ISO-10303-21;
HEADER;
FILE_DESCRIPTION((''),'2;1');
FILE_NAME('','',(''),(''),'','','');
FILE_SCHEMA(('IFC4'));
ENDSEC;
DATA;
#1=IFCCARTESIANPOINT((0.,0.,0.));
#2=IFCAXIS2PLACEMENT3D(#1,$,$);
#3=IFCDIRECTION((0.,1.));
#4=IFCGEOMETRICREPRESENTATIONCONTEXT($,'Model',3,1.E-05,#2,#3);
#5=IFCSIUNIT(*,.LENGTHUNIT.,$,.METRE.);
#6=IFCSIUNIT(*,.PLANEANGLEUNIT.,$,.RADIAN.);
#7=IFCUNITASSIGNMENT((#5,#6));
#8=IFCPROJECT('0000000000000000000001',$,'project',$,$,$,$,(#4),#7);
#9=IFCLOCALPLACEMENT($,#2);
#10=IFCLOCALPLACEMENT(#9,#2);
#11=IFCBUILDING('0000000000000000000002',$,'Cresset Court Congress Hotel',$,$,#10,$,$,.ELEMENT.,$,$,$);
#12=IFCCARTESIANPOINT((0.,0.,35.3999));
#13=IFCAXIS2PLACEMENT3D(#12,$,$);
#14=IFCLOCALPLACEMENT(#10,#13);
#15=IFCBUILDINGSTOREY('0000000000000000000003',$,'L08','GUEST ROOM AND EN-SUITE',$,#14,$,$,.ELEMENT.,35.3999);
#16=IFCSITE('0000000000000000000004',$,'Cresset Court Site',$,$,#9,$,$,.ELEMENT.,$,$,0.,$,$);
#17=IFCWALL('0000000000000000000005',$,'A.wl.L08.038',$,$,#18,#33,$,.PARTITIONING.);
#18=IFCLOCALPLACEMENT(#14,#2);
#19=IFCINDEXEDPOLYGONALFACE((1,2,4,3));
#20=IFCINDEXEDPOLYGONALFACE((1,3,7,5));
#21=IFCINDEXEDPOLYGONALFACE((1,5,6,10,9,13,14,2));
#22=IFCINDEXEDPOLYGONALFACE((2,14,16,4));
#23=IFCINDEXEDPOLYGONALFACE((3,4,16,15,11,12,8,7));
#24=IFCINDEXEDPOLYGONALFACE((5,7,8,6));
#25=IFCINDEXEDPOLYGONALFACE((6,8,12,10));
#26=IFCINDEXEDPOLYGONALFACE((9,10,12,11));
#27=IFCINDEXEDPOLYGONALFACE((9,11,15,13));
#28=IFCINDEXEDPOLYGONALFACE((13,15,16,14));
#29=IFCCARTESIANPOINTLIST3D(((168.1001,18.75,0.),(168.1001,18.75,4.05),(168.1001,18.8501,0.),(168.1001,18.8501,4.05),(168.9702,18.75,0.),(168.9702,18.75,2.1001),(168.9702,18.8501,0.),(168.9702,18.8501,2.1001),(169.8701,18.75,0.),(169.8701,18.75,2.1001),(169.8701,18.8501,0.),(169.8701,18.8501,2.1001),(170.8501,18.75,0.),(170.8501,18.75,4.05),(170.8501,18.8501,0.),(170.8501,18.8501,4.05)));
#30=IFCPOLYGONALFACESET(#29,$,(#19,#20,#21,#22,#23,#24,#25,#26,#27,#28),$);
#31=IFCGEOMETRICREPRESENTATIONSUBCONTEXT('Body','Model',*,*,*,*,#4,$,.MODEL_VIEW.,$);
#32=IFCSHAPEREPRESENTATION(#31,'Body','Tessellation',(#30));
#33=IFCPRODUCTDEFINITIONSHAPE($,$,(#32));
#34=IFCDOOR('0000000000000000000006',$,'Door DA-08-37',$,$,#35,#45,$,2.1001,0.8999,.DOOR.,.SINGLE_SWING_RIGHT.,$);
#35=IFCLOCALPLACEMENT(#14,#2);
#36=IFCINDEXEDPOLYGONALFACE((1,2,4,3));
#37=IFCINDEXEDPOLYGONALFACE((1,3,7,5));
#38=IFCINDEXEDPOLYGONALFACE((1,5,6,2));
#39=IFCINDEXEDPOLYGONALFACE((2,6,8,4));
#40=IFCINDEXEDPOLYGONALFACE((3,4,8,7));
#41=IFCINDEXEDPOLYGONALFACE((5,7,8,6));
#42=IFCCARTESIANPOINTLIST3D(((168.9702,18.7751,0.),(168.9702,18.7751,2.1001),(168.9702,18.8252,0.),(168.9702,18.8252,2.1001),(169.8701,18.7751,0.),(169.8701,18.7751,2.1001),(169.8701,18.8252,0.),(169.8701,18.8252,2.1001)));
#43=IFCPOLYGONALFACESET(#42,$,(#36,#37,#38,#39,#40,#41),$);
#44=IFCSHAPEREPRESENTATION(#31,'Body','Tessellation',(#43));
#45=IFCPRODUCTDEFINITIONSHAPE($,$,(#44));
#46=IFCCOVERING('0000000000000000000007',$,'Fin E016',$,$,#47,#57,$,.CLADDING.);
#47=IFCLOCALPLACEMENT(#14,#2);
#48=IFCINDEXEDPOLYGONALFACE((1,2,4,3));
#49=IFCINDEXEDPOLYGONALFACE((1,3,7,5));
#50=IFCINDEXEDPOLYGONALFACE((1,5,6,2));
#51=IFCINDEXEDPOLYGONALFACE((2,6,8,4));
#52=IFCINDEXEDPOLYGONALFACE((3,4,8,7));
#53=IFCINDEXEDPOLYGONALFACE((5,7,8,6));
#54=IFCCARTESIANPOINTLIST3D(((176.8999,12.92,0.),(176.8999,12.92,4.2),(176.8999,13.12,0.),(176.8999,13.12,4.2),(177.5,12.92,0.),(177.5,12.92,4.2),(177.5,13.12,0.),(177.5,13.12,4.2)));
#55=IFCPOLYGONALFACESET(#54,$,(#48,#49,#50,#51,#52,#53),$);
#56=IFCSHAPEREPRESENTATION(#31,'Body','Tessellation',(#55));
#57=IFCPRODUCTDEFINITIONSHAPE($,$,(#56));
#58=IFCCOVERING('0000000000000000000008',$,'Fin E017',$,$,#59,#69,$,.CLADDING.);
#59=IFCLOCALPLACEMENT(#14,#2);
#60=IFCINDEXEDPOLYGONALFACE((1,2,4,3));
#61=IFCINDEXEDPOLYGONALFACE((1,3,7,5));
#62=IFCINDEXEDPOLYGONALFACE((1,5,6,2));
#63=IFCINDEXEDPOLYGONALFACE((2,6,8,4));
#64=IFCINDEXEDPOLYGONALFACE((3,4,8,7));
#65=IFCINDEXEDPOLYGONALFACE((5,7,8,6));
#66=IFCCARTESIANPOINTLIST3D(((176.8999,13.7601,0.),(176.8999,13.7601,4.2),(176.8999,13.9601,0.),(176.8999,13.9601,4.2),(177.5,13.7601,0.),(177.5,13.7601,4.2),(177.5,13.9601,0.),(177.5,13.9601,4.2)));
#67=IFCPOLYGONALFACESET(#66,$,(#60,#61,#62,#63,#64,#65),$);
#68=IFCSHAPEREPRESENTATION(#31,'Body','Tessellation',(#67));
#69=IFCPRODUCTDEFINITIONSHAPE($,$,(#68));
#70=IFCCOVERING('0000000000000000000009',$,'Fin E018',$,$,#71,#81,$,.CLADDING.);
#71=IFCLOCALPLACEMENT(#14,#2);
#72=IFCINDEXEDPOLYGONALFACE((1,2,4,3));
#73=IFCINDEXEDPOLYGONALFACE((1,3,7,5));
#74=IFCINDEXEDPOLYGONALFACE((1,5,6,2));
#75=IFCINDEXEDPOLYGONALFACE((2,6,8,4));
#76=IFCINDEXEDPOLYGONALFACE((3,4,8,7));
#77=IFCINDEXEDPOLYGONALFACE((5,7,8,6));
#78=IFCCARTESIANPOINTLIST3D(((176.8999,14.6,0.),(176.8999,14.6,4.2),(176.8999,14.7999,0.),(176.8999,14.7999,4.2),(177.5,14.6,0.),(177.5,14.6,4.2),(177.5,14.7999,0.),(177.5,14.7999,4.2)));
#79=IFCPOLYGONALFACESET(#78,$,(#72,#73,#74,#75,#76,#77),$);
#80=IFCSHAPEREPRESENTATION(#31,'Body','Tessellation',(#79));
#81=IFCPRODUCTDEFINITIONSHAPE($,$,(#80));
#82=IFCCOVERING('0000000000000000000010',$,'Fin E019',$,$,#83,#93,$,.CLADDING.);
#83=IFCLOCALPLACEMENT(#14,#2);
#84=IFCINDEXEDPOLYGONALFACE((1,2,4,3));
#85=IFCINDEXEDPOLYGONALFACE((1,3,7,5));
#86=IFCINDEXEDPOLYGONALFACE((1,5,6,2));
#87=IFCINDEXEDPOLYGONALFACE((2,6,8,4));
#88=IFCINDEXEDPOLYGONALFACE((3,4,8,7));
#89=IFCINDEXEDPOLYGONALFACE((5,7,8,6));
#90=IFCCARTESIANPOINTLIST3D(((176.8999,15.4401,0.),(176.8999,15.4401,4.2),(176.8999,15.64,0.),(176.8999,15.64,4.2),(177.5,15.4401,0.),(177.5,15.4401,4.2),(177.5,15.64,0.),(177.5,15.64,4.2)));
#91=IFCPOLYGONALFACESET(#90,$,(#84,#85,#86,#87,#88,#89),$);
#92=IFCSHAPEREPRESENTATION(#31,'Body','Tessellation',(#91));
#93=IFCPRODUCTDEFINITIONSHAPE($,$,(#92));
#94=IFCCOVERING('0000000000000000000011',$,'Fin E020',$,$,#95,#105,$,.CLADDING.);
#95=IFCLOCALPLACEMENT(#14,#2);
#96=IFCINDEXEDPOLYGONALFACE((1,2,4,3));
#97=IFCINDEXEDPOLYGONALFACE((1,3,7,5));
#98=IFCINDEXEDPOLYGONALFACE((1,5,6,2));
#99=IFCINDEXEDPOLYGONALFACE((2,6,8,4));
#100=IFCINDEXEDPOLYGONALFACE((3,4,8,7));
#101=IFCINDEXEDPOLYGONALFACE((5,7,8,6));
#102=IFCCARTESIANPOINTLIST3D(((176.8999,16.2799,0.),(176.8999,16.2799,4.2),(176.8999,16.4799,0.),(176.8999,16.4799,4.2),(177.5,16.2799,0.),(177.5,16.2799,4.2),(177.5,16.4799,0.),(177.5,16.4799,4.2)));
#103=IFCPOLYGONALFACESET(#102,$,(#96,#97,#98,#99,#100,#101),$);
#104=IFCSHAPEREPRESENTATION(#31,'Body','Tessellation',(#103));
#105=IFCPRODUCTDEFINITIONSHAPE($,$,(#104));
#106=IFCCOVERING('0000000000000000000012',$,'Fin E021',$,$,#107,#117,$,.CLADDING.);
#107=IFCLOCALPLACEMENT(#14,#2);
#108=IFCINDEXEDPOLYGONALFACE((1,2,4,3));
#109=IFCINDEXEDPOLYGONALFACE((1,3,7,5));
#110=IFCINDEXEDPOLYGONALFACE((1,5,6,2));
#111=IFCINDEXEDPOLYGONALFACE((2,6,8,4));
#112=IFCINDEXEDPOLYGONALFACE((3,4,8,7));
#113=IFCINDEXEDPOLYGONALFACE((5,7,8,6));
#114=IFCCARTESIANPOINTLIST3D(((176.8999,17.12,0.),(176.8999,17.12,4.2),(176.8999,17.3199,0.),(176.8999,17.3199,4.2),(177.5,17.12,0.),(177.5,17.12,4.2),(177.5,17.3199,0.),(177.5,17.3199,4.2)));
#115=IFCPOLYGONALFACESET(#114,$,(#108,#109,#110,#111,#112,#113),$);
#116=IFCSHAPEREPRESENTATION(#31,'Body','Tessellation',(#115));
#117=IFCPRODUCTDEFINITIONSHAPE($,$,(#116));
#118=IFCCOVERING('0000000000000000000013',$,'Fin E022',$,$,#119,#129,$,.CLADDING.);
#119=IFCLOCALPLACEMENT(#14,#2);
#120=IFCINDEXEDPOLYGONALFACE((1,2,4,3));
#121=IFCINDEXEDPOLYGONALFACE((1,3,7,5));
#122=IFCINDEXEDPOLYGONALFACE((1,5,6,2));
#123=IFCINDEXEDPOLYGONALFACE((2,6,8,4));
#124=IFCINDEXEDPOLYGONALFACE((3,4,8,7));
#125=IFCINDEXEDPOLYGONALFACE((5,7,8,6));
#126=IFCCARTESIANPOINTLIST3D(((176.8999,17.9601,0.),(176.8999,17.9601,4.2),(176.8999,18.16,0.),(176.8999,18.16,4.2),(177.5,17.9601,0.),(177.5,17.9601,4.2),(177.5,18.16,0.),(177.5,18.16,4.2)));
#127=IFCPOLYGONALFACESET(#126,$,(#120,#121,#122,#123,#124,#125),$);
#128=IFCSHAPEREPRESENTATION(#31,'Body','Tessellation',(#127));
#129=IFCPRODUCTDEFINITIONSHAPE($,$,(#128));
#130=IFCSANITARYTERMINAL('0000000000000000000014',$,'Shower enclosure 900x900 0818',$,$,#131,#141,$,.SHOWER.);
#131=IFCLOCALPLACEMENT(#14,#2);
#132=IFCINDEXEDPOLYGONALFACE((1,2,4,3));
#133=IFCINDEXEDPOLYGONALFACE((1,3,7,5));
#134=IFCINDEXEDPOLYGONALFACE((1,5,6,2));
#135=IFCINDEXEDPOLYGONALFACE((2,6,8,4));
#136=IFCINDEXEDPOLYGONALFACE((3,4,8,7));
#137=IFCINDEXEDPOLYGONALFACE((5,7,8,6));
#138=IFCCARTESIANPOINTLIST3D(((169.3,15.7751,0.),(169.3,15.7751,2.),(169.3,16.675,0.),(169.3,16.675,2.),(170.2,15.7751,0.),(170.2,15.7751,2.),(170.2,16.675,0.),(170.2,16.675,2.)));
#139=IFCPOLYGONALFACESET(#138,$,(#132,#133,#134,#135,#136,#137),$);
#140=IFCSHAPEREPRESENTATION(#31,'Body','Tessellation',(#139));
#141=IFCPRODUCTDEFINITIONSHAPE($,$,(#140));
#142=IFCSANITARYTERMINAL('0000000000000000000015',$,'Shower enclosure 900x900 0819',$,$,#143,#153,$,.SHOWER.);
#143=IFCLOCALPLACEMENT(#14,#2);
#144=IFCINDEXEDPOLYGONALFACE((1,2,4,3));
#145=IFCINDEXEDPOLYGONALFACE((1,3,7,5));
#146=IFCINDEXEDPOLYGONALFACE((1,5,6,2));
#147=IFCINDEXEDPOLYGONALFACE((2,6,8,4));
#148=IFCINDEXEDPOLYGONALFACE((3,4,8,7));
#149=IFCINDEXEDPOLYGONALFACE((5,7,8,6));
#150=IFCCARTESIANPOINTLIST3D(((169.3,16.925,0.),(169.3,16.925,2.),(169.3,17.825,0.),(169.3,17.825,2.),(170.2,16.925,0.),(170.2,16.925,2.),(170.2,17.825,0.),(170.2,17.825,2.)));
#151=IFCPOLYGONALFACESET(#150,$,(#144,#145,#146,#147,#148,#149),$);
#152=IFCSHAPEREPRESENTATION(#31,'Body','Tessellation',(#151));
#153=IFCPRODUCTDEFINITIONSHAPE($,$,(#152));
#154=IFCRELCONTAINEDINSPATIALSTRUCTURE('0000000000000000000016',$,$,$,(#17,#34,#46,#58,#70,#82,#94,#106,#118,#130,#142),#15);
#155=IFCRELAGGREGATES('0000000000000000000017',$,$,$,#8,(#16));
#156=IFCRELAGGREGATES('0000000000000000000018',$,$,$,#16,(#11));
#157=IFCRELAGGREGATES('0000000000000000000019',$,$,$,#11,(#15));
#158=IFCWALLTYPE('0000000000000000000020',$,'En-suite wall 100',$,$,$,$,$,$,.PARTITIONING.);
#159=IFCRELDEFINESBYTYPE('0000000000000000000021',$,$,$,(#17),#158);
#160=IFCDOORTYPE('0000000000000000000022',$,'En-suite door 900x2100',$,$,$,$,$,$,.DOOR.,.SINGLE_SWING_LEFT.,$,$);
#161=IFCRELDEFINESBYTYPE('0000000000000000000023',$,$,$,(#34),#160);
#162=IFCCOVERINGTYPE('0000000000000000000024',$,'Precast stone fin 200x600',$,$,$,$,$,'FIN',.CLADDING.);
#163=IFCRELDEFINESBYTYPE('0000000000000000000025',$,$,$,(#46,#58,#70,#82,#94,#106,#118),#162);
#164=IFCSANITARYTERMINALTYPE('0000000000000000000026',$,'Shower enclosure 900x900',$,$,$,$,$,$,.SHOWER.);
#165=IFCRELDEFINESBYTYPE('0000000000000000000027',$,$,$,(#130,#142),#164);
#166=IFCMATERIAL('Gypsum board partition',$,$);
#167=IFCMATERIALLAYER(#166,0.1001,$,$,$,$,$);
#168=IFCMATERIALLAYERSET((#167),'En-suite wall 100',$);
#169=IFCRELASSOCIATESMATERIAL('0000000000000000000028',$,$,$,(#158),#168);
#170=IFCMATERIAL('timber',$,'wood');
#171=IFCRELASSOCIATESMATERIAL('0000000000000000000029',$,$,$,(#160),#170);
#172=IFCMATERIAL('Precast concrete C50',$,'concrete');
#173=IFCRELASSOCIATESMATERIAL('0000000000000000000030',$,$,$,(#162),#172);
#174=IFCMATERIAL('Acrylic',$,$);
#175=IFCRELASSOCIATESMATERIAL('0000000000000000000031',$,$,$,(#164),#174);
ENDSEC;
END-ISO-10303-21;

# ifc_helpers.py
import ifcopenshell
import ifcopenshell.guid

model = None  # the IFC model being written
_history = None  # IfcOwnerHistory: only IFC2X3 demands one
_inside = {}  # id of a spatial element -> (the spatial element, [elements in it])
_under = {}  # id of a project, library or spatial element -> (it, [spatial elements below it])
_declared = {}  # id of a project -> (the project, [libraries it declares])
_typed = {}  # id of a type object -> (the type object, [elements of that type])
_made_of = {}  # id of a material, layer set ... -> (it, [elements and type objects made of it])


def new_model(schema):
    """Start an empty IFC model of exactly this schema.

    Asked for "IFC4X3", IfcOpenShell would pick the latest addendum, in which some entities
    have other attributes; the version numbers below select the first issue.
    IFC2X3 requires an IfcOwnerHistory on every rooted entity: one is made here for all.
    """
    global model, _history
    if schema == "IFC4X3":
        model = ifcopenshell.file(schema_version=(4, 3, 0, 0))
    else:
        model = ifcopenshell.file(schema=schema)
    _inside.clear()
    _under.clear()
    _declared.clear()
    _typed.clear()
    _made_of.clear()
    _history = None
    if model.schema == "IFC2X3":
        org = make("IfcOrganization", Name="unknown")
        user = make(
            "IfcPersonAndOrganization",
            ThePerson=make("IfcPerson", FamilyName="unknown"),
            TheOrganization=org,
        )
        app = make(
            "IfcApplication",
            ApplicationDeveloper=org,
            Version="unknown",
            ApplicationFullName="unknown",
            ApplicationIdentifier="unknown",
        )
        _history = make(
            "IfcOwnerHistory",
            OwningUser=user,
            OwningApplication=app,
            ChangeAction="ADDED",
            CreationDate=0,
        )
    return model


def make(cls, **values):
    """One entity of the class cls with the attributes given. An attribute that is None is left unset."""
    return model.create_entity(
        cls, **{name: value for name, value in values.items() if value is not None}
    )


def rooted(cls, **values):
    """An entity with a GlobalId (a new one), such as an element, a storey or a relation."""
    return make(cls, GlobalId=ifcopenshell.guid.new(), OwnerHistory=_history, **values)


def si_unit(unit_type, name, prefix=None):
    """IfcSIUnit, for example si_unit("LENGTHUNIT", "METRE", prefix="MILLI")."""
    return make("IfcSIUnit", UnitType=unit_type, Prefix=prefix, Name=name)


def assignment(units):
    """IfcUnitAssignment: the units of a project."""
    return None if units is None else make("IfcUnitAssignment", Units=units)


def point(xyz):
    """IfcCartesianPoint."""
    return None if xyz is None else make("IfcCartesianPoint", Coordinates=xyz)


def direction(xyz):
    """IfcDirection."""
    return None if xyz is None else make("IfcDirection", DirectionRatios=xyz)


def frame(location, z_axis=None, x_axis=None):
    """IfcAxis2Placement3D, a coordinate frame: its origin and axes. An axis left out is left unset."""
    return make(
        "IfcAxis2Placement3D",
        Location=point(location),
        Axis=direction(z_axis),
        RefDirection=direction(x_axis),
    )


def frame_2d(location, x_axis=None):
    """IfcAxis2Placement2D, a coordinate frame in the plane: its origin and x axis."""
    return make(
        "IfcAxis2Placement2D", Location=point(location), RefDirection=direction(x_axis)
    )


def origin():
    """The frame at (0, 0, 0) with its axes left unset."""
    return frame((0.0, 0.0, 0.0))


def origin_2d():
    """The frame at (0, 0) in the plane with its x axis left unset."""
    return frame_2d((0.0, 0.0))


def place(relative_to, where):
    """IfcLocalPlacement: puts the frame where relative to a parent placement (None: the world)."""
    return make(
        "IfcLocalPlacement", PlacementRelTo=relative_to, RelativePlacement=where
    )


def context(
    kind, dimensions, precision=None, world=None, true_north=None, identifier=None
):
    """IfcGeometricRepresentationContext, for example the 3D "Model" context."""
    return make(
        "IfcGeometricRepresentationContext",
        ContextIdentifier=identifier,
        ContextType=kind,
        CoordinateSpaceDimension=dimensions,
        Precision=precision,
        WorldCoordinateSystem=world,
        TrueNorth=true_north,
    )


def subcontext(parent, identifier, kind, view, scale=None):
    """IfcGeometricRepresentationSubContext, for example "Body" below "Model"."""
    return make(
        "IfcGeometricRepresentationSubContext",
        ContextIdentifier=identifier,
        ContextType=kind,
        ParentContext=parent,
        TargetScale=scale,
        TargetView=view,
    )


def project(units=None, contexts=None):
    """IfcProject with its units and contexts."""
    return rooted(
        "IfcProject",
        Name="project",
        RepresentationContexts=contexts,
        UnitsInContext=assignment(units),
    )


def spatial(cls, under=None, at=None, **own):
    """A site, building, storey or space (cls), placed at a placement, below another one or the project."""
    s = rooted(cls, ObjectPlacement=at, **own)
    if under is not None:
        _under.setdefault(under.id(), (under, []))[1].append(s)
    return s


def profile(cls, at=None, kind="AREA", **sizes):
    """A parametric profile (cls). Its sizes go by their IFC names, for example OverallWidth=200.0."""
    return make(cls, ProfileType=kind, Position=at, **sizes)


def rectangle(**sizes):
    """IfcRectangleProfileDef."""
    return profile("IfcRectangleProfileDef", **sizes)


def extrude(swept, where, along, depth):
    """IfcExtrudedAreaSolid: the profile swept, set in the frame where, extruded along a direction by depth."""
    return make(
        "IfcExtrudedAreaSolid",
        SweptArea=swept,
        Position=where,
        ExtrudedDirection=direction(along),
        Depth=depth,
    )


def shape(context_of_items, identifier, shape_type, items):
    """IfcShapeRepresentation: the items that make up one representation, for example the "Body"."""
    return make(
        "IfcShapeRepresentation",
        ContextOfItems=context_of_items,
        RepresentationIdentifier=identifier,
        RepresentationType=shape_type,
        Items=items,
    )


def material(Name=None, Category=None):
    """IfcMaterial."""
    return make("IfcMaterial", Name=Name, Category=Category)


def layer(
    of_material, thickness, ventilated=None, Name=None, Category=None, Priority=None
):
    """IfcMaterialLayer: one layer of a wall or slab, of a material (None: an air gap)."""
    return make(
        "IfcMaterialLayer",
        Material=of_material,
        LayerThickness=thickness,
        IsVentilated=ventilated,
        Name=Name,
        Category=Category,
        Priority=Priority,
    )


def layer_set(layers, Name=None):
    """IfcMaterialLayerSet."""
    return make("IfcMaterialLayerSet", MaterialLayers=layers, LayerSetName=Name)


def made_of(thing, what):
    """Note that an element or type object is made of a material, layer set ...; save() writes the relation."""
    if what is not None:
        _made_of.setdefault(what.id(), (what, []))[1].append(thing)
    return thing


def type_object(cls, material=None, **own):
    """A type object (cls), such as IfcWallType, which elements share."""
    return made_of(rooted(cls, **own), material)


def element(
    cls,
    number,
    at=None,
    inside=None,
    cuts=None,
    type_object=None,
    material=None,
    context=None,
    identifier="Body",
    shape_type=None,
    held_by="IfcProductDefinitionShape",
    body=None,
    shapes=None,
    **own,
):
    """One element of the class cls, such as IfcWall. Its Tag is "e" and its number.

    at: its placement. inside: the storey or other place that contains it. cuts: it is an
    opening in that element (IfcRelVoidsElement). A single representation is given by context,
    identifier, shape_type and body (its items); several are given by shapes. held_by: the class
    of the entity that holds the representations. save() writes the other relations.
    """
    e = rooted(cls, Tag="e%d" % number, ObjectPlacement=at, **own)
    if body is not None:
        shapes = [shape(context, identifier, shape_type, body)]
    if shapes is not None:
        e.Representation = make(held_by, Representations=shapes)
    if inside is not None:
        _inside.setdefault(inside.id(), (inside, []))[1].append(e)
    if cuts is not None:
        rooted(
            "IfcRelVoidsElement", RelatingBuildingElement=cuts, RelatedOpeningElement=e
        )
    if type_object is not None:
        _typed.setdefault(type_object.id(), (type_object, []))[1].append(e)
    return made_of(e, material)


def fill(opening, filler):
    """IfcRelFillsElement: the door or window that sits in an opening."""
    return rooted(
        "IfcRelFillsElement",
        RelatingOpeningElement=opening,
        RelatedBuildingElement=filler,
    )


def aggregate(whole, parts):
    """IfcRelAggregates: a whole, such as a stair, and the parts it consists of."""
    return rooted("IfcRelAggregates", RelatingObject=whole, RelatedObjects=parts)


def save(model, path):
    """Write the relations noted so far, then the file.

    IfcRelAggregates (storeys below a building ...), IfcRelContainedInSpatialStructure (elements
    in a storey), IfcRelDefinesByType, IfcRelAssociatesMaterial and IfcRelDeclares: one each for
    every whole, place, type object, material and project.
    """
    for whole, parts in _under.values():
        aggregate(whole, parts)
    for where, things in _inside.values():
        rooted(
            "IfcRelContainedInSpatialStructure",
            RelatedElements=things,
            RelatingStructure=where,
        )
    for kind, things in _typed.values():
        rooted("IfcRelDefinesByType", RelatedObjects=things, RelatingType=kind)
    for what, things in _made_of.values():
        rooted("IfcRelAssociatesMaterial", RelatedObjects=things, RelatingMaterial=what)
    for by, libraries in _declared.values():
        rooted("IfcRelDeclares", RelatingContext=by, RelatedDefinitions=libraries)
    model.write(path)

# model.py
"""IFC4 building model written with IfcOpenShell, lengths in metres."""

from ifc_helpers import new_model, si_unit, direction, frame, frame_2d, origin, origin_2d, place, context, subcontext, project, spatial, rectangle, extrude, material, layer, layer_set, type_object, element, fill, save


model = new_model("IFC4")

# Units and contexts
model_context = context("Model", 3, precision=1e-05, world=origin(), true_north=direction((0.0, 1.0)))
body_context = subcontext(model_context, "Body", "Model", "MODEL_VIEW")
ifc_project = project(units=[si_unit("LENGTHUNIT", "METRE"), si_unit("PLANEANGLEUNIT", "RADIAN")], contexts=[model_context])

# Site, building, storey
site_placement = place(None, origin())
site = spatial("IfcSite", under=ifc_project, at=site_placement, Name="Cresset Court Site", CompositionType="ELEMENT", RefElevation=0.0)
building_placement = place(site_placement, origin())
building = spatial("IfcBuilding", under=site, at=building_placement, Name="Cresset Court Congress Hotel", CompositionType="ELEMENT")
storey_placement = place(building_placement, frame((0.0, 0.0, 35.3999)))
storey = spatial("IfcBuildingStorey", under=building, at=storey_placement, Name="L08", Description="GUEST ROOM AND EN-SUITE", CompositionType="ELEMENT", Elevation=35.3999)

# Shared definitions
ifc_material_1 = material(Name="Gypsum board partition")
ifc_layer = layer(ifc_material_1, 0.1001)
ifc_layer_set = layer_set([ifc_layer], Name="En-suite wall 100")
wall_type = type_object("IfcWallType", Name="En-suite wall 100", PredefinedType="PARTITIONING", material=ifc_layer_set)

# Shared definitions
ifc_material_2 = material(Name="timber", Category="wood")
door_type = type_object("IfcDoorType", Name="En-suite door 900x2100", OperationType="SINGLE_SWING_LEFT", PredefinedType="DOOR", material=ifc_material_2)

# Wall, opening, door
wall_1_placement = place(storey_placement, frame((170.8501, 18.8, 0.0), z_axis=(0.0, 0.0, 1.0), x_axis=(-1.0, 0.0, 0.0)))
wall_1 = element("IfcWall", 1, at=wall_1_placement, inside=storey, type_object=wall_type, Name="A.wl.L08.038", PredefinedType="PARTITIONING", context=body_context, shape_type="SweptSolid", body=[
    extrude(rectangle(XDim=2.75, YDim=0.1001, at=frame_2d((1.375, 0.0))), origin(), (0.0, 0.0, 1.0), 4.05),
])
opening_1_placement = place(wall_1_placement, frame((0.98, 0.0, 0.0)))
opening_1 = element("IfcOpeningElement", 2, at=opening_1_placement, cuts=wall_1, PredefinedType="OPENING", context=body_context, shape_type="SweptSolid", body=[
    extrude(rectangle(XDim=0.8999, YDim=2.1001, at=frame_2d((0.45, 1.05))), frame((0.0, 0.0601, 0.0), z_axis=(0.0, -1.0, 0.0), x_axis=(1.0, 0.0, 0.0)), (0.0, 0.0, 1.0), 0.1201),
])
door_1_placement = place(opening_1_placement, origin())
door_1 = element("IfcDoor", 3, at=door_1_placement, inside=storey, type_object=door_type, Name="Door DA-08-37", OperationType="SINGLE_SWING_RIGHT", OverallHeight=2.1001, OverallWidth=0.8999, PredefinedType="DOOR", context=body_context, shape_type="SweptSolid", body=[
    extrude(rectangle(XDim=0.8999, YDim=2.1001, at=frame_2d((0.45, 1.05))), frame((0.0, 0.0249, 0.0), z_axis=(0.0, -1.0, 0.0), x_axis=(1.0, 0.0, 0.0)), (0.0, 0.0, 1.0), 0.05),
])
fill(opening_1, door_1)

# Coverings
ifc_material_3 = material(Name="Precast concrete C50", Category="concrete")
covering_type = type_object("IfcCoveringType", Name="Precast stone fin 200x600", ElementType="FIN", PredefinedType="CLADDING", material=ifc_material_3)
for number, where, z_axis, x_axis, name in (
    (4, (177.2, 13.02, 0.0), (0.0, 0.0, 1.0), (1.0, 0.0, 0.0), "Fin E016"),
    (5, (177.2, 13.8601, 0.0), (0.0, 0.0, 1.0), (1.0, 0.0, 0.0), "Fin E017"),
    (6, (177.2, 14.7, 0.0), (0.0, 0.0, 1.0), (1.0, 0.0, 0.0), "Fin E018"),
    (7, (177.2, 15.54, 0.0), (0.0, 0.0, 1.0), (1.0, 0.0, 0.0), "Fin E019"),
    (8, (177.2, 16.3799, 0.0), (0.0, 0.0, 1.0), (1.0, 0.0, 0.0), "Fin E020"),
    (9, (177.2, 17.22, 0.0), (0.0, 0.0, 1.0), (1.0, 0.0, 0.0), "Fin E021"),
    (10, (177.2, 18.0601, 0.0), (0.0, 0.0, 1.0), (1.0, 0.0, 0.0), "Fin E022"),
):
    element("IfcCovering", number, at=place(storey_placement, frame(where, z_axis=z_axis, x_axis=x_axis)), inside=storey, type_object=covering_type, Name=name, PredefinedType="CLADDING", context=body_context, shape_type="SweptSolid", body=[
        extrude(rectangle(XDim=0.6001, YDim=0.2, at=origin_2d()), origin(), (0.0, 0.0, 1.0), 4.2),
    ])

# Sanitary terminals
ifc_material_4 = material(Name="Acrylic")
sanitary_terminal_type = type_object("IfcSanitaryTerminalType", Name="Shower enclosure 900x900", PredefinedType="SHOWER", material=ifc_material_4)
for number, where, z_axis, x_axis, name in (
    (11, (169.75, 16.2251, 0.0), (0.0, 0.0, 1.0), (1.0, 0.0, 0.0), "Shower enclosure 900x900 0818"),
    (12, (169.75, 17.375, 0.0), (0.0, 0.0, 1.0), (1.0, 0.0, 0.0), "Shower enclosure 900x900 0819"),
):
    element("IfcSanitaryTerminal", number, at=place(storey_placement, frame(where, z_axis=z_axis, x_axis=x_axis)), inside=storey, type_object=sanitary_terminal_type, Name=name, PredefinedType="SHOWER", context=body_context, shape_type="SweptSolid", body=[
        extrude(rectangle(XDim=0.8999, YDim=0.8999, at=origin_2d()), origin(), (0.0, 0.0, 1.0), 2.0),
    ])

save(model, "model.ifc")
